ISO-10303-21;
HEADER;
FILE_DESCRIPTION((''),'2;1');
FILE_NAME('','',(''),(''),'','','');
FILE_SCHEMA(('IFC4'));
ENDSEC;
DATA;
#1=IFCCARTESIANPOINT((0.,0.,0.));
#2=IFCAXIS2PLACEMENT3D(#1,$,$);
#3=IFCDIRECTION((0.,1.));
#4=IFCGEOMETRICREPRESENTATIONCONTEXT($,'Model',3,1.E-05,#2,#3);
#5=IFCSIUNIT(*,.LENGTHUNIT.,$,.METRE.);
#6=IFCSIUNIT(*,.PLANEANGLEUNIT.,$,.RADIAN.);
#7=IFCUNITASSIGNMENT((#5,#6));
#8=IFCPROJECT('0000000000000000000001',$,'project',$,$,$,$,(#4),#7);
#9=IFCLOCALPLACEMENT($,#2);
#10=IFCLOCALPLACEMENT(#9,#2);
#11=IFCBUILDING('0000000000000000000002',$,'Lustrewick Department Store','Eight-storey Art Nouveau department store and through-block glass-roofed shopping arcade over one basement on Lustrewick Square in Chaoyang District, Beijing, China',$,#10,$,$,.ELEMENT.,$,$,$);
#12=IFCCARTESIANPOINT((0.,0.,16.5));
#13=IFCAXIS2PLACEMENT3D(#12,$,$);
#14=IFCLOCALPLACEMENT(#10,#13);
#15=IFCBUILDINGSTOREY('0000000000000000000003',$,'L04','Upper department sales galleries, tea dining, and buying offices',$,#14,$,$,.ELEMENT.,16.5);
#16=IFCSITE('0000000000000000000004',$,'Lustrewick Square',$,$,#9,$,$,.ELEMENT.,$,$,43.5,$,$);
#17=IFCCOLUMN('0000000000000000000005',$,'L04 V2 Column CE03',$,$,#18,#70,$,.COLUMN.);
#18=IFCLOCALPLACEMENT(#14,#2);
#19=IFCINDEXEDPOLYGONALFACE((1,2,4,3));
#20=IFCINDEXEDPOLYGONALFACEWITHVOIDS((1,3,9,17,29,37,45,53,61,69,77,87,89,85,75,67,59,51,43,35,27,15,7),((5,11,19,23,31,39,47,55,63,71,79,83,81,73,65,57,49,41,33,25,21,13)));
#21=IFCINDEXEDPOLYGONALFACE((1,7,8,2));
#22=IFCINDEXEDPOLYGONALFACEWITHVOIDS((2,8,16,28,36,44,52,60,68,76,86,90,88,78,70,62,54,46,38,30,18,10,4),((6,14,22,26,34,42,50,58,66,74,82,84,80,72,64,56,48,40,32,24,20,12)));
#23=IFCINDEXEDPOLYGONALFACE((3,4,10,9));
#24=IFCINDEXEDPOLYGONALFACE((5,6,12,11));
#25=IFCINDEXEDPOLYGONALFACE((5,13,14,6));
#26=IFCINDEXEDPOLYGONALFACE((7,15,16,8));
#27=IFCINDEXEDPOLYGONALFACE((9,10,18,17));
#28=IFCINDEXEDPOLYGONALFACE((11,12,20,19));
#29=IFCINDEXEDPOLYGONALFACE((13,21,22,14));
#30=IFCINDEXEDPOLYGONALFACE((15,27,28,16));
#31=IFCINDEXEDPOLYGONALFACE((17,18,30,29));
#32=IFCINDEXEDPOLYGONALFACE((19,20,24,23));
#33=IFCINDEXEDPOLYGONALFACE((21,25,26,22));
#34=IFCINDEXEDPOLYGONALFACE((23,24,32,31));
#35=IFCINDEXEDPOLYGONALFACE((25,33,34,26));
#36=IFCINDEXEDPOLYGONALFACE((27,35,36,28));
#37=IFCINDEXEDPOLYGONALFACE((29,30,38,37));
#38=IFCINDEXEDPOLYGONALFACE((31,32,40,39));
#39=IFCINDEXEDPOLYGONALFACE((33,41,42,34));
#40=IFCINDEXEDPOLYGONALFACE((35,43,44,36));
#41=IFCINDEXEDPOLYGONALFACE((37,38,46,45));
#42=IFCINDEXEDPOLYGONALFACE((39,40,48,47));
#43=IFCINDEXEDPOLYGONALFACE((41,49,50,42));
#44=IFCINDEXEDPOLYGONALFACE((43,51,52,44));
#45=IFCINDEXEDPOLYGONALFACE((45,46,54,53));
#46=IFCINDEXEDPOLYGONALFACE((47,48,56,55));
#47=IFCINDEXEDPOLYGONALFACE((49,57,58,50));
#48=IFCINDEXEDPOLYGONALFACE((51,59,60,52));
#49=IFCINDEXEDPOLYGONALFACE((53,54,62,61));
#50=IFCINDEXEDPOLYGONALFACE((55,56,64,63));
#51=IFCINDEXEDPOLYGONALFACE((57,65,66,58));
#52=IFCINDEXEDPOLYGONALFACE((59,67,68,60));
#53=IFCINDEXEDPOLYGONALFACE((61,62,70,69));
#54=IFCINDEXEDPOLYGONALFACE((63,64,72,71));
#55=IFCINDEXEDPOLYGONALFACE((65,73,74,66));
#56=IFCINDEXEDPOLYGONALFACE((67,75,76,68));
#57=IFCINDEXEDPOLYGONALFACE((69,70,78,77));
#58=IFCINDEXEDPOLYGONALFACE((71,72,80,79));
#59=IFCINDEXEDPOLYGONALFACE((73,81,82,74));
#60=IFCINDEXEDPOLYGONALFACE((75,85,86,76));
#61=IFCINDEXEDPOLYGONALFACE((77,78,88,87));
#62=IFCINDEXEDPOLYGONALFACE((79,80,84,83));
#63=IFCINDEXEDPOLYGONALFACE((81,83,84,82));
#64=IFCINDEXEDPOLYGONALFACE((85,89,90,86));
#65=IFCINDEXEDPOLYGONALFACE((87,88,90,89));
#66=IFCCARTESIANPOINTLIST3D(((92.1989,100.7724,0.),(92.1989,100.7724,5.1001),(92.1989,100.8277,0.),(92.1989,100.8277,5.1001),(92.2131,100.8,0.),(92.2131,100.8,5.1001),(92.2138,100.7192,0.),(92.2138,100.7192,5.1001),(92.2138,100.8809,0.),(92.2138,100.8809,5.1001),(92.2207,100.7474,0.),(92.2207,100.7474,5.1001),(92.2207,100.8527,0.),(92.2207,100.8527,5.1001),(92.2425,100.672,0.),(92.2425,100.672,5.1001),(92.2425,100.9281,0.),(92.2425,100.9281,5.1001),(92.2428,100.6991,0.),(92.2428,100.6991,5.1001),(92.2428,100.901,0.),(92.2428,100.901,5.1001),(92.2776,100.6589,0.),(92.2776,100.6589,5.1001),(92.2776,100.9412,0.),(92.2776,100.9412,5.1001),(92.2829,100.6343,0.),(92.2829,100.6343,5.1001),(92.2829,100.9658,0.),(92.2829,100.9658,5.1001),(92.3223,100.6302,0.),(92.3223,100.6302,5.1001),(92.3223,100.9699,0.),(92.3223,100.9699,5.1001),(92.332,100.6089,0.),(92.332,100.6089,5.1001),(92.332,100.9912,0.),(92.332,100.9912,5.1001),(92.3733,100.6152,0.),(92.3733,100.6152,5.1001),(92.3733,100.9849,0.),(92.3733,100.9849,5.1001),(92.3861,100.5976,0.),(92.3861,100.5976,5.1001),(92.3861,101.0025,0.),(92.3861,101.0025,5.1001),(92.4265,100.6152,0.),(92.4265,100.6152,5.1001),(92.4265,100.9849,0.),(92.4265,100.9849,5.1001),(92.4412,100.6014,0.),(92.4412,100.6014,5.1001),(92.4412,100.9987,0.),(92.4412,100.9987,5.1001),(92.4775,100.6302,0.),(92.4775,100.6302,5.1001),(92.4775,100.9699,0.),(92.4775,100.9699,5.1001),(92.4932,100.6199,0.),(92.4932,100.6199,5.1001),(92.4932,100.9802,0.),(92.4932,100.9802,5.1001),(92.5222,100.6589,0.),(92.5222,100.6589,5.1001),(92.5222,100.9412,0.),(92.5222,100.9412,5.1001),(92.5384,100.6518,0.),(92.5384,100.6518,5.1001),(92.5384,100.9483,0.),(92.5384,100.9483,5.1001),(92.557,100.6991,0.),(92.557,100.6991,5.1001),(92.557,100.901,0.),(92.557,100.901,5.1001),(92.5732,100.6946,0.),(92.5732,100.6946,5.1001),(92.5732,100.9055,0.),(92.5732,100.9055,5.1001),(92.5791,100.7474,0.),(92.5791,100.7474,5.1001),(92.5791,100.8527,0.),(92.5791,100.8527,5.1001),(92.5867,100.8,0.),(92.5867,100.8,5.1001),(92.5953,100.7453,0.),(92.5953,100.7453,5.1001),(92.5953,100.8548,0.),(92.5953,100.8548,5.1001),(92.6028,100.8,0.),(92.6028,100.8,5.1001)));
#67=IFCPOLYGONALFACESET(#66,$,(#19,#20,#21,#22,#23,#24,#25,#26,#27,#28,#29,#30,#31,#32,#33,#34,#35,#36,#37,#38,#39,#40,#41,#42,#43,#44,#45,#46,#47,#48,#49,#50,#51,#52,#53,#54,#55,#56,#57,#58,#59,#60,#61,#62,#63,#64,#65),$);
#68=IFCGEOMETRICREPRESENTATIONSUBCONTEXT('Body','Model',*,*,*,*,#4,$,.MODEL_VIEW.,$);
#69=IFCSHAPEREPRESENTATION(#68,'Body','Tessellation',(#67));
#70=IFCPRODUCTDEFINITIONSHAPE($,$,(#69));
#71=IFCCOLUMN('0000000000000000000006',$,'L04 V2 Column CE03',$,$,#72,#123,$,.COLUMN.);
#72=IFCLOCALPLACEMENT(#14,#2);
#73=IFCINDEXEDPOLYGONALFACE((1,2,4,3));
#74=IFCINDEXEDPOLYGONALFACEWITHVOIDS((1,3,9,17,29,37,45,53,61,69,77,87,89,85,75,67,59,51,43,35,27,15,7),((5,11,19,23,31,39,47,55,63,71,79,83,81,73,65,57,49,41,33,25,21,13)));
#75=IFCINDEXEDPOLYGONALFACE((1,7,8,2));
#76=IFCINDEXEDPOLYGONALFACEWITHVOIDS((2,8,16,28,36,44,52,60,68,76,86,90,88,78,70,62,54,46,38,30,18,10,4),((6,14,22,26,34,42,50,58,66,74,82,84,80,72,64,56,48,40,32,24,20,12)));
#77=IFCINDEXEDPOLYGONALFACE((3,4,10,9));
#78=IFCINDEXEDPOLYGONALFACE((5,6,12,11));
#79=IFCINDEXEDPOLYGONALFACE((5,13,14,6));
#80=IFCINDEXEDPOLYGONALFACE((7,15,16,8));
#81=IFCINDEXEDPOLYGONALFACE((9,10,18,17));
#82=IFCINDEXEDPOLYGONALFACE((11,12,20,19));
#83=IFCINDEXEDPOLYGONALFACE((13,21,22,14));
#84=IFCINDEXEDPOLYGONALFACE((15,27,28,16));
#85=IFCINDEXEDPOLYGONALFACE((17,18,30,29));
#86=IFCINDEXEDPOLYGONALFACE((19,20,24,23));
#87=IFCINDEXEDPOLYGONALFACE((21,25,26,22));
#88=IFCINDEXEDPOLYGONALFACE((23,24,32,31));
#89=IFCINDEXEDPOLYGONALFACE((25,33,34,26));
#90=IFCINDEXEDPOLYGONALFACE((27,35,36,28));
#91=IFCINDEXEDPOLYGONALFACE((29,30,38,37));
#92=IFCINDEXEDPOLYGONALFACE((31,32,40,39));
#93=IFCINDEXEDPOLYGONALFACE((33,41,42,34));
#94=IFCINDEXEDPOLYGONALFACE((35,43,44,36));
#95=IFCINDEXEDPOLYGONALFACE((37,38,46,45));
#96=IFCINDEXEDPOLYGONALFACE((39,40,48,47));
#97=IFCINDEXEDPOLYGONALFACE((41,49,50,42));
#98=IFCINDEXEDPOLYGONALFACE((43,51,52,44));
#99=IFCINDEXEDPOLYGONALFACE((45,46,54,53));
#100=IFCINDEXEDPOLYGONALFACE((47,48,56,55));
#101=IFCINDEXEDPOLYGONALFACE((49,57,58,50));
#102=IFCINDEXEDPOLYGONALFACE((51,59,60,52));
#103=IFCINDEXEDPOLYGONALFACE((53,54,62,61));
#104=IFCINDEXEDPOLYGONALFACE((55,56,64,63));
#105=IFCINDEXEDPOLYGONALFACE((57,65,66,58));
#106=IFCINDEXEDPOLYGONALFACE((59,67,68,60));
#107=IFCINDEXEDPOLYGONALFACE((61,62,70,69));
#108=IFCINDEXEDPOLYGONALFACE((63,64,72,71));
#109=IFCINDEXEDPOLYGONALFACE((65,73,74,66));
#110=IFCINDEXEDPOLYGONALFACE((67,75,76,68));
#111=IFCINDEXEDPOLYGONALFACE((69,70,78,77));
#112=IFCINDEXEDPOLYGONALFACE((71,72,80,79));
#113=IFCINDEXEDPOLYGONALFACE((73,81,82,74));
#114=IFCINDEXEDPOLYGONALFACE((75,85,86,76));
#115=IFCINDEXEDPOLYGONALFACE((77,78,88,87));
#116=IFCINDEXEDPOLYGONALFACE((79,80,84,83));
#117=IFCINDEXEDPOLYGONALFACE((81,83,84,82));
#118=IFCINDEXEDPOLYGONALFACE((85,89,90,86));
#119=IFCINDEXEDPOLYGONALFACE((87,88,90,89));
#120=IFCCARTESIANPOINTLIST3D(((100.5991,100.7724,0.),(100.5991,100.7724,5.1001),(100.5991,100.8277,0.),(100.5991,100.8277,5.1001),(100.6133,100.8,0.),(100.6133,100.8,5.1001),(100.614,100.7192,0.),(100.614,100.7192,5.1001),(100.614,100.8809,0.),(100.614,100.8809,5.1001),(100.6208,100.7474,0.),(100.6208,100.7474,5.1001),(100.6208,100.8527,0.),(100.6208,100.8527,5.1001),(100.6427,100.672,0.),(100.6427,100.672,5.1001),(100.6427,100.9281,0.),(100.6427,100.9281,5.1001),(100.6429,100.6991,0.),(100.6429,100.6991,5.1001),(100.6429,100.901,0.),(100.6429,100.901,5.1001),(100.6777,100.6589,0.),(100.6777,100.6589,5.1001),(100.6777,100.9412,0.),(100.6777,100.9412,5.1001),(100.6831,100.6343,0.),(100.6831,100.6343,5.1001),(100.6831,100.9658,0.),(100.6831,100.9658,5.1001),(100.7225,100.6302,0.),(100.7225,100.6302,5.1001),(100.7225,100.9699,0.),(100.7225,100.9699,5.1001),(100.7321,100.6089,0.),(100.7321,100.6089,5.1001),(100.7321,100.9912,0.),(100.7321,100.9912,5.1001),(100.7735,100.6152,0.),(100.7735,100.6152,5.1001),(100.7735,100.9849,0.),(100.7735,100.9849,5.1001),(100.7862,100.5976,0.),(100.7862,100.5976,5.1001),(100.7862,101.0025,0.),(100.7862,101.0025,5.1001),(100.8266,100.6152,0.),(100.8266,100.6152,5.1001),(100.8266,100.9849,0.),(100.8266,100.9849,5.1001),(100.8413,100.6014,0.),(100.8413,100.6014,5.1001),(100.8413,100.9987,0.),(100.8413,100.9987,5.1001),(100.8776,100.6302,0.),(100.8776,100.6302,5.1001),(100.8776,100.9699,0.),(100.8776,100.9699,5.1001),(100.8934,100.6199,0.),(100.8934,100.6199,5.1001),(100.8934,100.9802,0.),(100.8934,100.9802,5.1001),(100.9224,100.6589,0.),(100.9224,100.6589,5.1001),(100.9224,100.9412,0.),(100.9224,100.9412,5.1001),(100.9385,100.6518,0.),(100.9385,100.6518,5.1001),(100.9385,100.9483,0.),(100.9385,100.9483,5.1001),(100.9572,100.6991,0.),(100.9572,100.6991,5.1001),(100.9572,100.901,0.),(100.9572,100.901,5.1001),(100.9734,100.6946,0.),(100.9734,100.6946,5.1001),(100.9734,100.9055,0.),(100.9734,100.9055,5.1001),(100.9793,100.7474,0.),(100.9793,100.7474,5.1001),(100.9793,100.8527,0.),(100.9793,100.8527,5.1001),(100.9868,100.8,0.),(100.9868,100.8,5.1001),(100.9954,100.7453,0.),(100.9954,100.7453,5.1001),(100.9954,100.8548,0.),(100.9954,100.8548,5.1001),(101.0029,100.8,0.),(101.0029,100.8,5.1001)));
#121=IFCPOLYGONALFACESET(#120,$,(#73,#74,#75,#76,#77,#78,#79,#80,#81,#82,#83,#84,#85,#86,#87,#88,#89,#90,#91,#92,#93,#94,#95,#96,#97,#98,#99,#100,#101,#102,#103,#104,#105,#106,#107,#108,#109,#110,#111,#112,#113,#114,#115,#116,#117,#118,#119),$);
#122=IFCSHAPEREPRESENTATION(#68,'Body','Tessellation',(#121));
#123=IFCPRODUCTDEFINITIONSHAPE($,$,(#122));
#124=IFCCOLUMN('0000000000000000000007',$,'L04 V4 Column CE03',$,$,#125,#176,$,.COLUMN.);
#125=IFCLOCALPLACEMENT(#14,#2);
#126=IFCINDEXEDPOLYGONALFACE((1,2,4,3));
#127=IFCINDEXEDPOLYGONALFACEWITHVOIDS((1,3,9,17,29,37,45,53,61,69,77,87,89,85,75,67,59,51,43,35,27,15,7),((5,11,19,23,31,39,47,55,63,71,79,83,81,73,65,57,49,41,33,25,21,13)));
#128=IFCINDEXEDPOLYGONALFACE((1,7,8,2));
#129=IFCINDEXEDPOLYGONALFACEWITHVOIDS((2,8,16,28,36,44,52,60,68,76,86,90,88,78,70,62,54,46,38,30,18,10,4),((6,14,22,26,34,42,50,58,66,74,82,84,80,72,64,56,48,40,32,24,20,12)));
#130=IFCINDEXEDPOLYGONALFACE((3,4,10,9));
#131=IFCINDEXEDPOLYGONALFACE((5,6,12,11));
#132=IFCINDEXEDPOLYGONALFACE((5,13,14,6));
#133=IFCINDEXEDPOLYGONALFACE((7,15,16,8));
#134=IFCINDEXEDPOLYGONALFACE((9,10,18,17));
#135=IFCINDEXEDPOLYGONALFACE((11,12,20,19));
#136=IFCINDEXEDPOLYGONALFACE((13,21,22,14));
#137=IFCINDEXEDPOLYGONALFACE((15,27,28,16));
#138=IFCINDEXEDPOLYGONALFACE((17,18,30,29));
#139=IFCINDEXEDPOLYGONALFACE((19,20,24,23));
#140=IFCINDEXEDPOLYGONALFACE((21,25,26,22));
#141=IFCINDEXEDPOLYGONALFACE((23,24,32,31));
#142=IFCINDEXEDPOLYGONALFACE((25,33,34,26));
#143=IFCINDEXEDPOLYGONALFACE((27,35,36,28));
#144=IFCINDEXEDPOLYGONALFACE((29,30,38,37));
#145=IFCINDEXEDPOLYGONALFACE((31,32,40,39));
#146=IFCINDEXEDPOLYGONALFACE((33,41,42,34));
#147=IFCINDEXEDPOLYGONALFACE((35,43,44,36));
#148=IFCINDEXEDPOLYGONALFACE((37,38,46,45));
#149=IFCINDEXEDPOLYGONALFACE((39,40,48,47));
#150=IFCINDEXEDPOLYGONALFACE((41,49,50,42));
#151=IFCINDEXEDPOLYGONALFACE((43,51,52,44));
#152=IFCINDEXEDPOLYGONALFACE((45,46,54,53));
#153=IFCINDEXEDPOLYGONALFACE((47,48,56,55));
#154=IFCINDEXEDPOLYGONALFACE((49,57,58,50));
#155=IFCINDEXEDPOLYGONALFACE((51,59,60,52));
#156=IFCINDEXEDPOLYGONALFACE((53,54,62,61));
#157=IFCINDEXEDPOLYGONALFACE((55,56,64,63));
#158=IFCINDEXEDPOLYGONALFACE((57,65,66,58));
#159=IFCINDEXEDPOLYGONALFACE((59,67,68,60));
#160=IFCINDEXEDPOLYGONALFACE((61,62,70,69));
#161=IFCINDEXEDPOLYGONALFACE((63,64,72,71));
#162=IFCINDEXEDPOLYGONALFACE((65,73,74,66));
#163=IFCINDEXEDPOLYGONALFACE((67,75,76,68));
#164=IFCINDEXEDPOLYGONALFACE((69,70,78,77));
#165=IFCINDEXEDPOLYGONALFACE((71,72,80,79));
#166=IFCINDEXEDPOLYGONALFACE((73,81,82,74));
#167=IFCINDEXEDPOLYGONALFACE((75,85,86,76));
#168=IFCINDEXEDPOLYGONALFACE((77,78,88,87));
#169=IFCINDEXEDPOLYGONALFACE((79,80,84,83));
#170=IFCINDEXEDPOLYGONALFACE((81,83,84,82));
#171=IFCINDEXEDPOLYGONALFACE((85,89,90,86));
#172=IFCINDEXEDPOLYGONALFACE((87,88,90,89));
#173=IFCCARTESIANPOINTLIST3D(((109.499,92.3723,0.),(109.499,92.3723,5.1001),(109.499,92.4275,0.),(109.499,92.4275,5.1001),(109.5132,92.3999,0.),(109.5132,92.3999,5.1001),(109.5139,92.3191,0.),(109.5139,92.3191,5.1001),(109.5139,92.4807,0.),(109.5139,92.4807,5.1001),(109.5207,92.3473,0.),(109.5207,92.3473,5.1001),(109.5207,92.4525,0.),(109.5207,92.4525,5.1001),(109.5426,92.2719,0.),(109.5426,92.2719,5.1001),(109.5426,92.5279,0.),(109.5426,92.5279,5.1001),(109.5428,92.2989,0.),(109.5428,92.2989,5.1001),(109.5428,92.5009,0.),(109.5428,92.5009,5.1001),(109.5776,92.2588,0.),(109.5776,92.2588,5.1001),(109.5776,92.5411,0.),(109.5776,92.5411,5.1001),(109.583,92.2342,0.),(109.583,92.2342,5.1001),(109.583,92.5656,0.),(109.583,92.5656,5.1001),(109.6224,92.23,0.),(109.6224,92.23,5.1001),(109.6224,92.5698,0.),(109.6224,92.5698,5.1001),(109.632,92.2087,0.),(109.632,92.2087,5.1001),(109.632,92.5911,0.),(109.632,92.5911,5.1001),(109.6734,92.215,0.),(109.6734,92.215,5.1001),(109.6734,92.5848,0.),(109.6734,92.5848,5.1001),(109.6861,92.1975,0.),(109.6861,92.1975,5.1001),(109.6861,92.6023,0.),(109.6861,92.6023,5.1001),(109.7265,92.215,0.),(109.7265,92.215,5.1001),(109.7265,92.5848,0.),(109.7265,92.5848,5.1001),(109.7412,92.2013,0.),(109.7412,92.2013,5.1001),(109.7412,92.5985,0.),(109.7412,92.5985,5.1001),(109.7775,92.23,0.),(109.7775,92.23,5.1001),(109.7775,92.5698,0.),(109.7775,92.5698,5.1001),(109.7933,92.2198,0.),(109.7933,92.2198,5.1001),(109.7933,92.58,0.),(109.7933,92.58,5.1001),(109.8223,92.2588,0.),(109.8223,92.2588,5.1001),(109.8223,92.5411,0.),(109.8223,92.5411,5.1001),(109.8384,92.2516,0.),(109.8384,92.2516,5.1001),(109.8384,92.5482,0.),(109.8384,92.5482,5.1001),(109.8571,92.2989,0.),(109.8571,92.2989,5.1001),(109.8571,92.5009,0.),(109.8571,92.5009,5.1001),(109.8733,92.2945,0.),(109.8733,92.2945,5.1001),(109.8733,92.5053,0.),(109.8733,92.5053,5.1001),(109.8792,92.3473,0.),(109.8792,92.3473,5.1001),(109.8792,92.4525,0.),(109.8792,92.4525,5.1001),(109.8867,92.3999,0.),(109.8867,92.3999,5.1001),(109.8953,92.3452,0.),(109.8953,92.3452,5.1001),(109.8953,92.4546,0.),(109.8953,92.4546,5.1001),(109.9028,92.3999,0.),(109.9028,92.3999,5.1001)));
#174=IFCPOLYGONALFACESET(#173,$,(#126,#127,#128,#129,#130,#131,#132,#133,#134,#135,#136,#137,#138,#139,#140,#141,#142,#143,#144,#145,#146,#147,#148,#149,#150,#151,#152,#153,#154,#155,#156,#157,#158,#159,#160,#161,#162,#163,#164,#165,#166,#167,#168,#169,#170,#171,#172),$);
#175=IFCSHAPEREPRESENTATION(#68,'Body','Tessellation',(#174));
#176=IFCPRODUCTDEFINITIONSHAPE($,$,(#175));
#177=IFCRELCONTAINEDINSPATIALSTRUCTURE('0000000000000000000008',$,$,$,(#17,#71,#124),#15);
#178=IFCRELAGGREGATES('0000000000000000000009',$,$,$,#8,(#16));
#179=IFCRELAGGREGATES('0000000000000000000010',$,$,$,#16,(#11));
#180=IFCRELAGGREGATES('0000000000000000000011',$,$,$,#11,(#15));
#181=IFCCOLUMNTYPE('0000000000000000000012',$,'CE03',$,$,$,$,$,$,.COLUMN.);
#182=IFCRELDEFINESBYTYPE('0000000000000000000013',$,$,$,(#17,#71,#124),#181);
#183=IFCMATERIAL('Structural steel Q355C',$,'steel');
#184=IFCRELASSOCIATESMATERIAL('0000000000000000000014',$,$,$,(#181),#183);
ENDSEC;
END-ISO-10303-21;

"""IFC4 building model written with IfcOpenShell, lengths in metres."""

from ifc_helpers import new_model, si_unit, direction, frame, origin, origin_2d, place, context, subcontext, project, spatial, hollow_circle, extrude, material, material_profile, profile_set, type_object, element, save


model = new_model("IFC4")

# Units and contexts
model_context = context("Model", 3, precision=1e-05, world=origin(), true_north=direction((0.0, 1.0)))
body_context = subcontext(model_context, "Body", "Model", "MODEL_VIEW")
ifc_project = project(units=[si_unit("LENGTHUNIT", "METRE"), si_unit("PLANEANGLEUNIT", "RADIAN")], contexts=[model_context])

# Site, building, storey
site_placement = place(None, origin())
site = spatial("IfcSite", under=ifc_project, at=site_placement, Name="Lustrewick Square", CompositionType="ELEMENT", RefElevation=43.5)
building_placement = place(site_placement, origin())
building = spatial("IfcBuilding", under=site, at=building_placement, Name="Lustrewick Department Store", Description="Eight-storey Art Nouveau department store and through-block glass-roofed shopping arcade over one basement on Lustrewick Square in Chaoyang District, Beijing, China", CompositionType="ELEMENT")
storey_placement = place(building_placement, frame((0.0, 0.0, 16.5)))
storey = spatial("IfcBuildingStorey", under=building, at=storey_placement, Name="L04", Description="Upper department sales galleries, tea dining, and buying offices", CompositionType="ELEMENT", Elevation=16.5)

# Columns
ifc_material_1 = material(Name="Structural steel Q355C", Category="steel")
ifc_material_profile_1 = material_profile(ifc_material_1, hollow_circle(Radius=0.2029, WallThickness=0.0161, at=origin_2d()), Name="CHS 406x16")
ifc_profile_set_1 = profile_set([ifc_material_profile_1], Name="Structural steel Q355C")
column_type_1 = type_object("IfcColumnType", Name="CE03", PredefinedType="COLUMN", material=ifc_profile_set_1)
for number, where, z_axis, x_axis, name in (
    (1, (92.3999, 100.8, 0.0), (0.0, 0.0, 1.0), (1.0, 0.0, 0.0), "L04 V2 Column CE03"),
    (2, (100.8, 100.8, 0.0), (0.0, 0.0, 1.0), (1.0, 0.0, 0.0), "L04 V2 Column CE03"),
    (3, (109.7, 92.3999, 0.0), (0.0, 0.0, 1.0), (1.0, 0.0, 0.0), "L04 V4 Column CE03"),
):
    element("IfcColumn", number, at=place(storey_placement, frame(where, z_axis=z_axis, x_axis=x_axis)), inside=storey, type_object=column_type_1, Name=name, PredefinedType="COLUMN", context=body_context, shape_type="SweptSolid", body=[
        extrude(hollow_circle(Radius=0.2029, WallThickness=0.0161, at=origin_2d()), origin(), (0.0, 0.0, 1.0), 5.1001),
    ])

save(model, "model.ifc")
